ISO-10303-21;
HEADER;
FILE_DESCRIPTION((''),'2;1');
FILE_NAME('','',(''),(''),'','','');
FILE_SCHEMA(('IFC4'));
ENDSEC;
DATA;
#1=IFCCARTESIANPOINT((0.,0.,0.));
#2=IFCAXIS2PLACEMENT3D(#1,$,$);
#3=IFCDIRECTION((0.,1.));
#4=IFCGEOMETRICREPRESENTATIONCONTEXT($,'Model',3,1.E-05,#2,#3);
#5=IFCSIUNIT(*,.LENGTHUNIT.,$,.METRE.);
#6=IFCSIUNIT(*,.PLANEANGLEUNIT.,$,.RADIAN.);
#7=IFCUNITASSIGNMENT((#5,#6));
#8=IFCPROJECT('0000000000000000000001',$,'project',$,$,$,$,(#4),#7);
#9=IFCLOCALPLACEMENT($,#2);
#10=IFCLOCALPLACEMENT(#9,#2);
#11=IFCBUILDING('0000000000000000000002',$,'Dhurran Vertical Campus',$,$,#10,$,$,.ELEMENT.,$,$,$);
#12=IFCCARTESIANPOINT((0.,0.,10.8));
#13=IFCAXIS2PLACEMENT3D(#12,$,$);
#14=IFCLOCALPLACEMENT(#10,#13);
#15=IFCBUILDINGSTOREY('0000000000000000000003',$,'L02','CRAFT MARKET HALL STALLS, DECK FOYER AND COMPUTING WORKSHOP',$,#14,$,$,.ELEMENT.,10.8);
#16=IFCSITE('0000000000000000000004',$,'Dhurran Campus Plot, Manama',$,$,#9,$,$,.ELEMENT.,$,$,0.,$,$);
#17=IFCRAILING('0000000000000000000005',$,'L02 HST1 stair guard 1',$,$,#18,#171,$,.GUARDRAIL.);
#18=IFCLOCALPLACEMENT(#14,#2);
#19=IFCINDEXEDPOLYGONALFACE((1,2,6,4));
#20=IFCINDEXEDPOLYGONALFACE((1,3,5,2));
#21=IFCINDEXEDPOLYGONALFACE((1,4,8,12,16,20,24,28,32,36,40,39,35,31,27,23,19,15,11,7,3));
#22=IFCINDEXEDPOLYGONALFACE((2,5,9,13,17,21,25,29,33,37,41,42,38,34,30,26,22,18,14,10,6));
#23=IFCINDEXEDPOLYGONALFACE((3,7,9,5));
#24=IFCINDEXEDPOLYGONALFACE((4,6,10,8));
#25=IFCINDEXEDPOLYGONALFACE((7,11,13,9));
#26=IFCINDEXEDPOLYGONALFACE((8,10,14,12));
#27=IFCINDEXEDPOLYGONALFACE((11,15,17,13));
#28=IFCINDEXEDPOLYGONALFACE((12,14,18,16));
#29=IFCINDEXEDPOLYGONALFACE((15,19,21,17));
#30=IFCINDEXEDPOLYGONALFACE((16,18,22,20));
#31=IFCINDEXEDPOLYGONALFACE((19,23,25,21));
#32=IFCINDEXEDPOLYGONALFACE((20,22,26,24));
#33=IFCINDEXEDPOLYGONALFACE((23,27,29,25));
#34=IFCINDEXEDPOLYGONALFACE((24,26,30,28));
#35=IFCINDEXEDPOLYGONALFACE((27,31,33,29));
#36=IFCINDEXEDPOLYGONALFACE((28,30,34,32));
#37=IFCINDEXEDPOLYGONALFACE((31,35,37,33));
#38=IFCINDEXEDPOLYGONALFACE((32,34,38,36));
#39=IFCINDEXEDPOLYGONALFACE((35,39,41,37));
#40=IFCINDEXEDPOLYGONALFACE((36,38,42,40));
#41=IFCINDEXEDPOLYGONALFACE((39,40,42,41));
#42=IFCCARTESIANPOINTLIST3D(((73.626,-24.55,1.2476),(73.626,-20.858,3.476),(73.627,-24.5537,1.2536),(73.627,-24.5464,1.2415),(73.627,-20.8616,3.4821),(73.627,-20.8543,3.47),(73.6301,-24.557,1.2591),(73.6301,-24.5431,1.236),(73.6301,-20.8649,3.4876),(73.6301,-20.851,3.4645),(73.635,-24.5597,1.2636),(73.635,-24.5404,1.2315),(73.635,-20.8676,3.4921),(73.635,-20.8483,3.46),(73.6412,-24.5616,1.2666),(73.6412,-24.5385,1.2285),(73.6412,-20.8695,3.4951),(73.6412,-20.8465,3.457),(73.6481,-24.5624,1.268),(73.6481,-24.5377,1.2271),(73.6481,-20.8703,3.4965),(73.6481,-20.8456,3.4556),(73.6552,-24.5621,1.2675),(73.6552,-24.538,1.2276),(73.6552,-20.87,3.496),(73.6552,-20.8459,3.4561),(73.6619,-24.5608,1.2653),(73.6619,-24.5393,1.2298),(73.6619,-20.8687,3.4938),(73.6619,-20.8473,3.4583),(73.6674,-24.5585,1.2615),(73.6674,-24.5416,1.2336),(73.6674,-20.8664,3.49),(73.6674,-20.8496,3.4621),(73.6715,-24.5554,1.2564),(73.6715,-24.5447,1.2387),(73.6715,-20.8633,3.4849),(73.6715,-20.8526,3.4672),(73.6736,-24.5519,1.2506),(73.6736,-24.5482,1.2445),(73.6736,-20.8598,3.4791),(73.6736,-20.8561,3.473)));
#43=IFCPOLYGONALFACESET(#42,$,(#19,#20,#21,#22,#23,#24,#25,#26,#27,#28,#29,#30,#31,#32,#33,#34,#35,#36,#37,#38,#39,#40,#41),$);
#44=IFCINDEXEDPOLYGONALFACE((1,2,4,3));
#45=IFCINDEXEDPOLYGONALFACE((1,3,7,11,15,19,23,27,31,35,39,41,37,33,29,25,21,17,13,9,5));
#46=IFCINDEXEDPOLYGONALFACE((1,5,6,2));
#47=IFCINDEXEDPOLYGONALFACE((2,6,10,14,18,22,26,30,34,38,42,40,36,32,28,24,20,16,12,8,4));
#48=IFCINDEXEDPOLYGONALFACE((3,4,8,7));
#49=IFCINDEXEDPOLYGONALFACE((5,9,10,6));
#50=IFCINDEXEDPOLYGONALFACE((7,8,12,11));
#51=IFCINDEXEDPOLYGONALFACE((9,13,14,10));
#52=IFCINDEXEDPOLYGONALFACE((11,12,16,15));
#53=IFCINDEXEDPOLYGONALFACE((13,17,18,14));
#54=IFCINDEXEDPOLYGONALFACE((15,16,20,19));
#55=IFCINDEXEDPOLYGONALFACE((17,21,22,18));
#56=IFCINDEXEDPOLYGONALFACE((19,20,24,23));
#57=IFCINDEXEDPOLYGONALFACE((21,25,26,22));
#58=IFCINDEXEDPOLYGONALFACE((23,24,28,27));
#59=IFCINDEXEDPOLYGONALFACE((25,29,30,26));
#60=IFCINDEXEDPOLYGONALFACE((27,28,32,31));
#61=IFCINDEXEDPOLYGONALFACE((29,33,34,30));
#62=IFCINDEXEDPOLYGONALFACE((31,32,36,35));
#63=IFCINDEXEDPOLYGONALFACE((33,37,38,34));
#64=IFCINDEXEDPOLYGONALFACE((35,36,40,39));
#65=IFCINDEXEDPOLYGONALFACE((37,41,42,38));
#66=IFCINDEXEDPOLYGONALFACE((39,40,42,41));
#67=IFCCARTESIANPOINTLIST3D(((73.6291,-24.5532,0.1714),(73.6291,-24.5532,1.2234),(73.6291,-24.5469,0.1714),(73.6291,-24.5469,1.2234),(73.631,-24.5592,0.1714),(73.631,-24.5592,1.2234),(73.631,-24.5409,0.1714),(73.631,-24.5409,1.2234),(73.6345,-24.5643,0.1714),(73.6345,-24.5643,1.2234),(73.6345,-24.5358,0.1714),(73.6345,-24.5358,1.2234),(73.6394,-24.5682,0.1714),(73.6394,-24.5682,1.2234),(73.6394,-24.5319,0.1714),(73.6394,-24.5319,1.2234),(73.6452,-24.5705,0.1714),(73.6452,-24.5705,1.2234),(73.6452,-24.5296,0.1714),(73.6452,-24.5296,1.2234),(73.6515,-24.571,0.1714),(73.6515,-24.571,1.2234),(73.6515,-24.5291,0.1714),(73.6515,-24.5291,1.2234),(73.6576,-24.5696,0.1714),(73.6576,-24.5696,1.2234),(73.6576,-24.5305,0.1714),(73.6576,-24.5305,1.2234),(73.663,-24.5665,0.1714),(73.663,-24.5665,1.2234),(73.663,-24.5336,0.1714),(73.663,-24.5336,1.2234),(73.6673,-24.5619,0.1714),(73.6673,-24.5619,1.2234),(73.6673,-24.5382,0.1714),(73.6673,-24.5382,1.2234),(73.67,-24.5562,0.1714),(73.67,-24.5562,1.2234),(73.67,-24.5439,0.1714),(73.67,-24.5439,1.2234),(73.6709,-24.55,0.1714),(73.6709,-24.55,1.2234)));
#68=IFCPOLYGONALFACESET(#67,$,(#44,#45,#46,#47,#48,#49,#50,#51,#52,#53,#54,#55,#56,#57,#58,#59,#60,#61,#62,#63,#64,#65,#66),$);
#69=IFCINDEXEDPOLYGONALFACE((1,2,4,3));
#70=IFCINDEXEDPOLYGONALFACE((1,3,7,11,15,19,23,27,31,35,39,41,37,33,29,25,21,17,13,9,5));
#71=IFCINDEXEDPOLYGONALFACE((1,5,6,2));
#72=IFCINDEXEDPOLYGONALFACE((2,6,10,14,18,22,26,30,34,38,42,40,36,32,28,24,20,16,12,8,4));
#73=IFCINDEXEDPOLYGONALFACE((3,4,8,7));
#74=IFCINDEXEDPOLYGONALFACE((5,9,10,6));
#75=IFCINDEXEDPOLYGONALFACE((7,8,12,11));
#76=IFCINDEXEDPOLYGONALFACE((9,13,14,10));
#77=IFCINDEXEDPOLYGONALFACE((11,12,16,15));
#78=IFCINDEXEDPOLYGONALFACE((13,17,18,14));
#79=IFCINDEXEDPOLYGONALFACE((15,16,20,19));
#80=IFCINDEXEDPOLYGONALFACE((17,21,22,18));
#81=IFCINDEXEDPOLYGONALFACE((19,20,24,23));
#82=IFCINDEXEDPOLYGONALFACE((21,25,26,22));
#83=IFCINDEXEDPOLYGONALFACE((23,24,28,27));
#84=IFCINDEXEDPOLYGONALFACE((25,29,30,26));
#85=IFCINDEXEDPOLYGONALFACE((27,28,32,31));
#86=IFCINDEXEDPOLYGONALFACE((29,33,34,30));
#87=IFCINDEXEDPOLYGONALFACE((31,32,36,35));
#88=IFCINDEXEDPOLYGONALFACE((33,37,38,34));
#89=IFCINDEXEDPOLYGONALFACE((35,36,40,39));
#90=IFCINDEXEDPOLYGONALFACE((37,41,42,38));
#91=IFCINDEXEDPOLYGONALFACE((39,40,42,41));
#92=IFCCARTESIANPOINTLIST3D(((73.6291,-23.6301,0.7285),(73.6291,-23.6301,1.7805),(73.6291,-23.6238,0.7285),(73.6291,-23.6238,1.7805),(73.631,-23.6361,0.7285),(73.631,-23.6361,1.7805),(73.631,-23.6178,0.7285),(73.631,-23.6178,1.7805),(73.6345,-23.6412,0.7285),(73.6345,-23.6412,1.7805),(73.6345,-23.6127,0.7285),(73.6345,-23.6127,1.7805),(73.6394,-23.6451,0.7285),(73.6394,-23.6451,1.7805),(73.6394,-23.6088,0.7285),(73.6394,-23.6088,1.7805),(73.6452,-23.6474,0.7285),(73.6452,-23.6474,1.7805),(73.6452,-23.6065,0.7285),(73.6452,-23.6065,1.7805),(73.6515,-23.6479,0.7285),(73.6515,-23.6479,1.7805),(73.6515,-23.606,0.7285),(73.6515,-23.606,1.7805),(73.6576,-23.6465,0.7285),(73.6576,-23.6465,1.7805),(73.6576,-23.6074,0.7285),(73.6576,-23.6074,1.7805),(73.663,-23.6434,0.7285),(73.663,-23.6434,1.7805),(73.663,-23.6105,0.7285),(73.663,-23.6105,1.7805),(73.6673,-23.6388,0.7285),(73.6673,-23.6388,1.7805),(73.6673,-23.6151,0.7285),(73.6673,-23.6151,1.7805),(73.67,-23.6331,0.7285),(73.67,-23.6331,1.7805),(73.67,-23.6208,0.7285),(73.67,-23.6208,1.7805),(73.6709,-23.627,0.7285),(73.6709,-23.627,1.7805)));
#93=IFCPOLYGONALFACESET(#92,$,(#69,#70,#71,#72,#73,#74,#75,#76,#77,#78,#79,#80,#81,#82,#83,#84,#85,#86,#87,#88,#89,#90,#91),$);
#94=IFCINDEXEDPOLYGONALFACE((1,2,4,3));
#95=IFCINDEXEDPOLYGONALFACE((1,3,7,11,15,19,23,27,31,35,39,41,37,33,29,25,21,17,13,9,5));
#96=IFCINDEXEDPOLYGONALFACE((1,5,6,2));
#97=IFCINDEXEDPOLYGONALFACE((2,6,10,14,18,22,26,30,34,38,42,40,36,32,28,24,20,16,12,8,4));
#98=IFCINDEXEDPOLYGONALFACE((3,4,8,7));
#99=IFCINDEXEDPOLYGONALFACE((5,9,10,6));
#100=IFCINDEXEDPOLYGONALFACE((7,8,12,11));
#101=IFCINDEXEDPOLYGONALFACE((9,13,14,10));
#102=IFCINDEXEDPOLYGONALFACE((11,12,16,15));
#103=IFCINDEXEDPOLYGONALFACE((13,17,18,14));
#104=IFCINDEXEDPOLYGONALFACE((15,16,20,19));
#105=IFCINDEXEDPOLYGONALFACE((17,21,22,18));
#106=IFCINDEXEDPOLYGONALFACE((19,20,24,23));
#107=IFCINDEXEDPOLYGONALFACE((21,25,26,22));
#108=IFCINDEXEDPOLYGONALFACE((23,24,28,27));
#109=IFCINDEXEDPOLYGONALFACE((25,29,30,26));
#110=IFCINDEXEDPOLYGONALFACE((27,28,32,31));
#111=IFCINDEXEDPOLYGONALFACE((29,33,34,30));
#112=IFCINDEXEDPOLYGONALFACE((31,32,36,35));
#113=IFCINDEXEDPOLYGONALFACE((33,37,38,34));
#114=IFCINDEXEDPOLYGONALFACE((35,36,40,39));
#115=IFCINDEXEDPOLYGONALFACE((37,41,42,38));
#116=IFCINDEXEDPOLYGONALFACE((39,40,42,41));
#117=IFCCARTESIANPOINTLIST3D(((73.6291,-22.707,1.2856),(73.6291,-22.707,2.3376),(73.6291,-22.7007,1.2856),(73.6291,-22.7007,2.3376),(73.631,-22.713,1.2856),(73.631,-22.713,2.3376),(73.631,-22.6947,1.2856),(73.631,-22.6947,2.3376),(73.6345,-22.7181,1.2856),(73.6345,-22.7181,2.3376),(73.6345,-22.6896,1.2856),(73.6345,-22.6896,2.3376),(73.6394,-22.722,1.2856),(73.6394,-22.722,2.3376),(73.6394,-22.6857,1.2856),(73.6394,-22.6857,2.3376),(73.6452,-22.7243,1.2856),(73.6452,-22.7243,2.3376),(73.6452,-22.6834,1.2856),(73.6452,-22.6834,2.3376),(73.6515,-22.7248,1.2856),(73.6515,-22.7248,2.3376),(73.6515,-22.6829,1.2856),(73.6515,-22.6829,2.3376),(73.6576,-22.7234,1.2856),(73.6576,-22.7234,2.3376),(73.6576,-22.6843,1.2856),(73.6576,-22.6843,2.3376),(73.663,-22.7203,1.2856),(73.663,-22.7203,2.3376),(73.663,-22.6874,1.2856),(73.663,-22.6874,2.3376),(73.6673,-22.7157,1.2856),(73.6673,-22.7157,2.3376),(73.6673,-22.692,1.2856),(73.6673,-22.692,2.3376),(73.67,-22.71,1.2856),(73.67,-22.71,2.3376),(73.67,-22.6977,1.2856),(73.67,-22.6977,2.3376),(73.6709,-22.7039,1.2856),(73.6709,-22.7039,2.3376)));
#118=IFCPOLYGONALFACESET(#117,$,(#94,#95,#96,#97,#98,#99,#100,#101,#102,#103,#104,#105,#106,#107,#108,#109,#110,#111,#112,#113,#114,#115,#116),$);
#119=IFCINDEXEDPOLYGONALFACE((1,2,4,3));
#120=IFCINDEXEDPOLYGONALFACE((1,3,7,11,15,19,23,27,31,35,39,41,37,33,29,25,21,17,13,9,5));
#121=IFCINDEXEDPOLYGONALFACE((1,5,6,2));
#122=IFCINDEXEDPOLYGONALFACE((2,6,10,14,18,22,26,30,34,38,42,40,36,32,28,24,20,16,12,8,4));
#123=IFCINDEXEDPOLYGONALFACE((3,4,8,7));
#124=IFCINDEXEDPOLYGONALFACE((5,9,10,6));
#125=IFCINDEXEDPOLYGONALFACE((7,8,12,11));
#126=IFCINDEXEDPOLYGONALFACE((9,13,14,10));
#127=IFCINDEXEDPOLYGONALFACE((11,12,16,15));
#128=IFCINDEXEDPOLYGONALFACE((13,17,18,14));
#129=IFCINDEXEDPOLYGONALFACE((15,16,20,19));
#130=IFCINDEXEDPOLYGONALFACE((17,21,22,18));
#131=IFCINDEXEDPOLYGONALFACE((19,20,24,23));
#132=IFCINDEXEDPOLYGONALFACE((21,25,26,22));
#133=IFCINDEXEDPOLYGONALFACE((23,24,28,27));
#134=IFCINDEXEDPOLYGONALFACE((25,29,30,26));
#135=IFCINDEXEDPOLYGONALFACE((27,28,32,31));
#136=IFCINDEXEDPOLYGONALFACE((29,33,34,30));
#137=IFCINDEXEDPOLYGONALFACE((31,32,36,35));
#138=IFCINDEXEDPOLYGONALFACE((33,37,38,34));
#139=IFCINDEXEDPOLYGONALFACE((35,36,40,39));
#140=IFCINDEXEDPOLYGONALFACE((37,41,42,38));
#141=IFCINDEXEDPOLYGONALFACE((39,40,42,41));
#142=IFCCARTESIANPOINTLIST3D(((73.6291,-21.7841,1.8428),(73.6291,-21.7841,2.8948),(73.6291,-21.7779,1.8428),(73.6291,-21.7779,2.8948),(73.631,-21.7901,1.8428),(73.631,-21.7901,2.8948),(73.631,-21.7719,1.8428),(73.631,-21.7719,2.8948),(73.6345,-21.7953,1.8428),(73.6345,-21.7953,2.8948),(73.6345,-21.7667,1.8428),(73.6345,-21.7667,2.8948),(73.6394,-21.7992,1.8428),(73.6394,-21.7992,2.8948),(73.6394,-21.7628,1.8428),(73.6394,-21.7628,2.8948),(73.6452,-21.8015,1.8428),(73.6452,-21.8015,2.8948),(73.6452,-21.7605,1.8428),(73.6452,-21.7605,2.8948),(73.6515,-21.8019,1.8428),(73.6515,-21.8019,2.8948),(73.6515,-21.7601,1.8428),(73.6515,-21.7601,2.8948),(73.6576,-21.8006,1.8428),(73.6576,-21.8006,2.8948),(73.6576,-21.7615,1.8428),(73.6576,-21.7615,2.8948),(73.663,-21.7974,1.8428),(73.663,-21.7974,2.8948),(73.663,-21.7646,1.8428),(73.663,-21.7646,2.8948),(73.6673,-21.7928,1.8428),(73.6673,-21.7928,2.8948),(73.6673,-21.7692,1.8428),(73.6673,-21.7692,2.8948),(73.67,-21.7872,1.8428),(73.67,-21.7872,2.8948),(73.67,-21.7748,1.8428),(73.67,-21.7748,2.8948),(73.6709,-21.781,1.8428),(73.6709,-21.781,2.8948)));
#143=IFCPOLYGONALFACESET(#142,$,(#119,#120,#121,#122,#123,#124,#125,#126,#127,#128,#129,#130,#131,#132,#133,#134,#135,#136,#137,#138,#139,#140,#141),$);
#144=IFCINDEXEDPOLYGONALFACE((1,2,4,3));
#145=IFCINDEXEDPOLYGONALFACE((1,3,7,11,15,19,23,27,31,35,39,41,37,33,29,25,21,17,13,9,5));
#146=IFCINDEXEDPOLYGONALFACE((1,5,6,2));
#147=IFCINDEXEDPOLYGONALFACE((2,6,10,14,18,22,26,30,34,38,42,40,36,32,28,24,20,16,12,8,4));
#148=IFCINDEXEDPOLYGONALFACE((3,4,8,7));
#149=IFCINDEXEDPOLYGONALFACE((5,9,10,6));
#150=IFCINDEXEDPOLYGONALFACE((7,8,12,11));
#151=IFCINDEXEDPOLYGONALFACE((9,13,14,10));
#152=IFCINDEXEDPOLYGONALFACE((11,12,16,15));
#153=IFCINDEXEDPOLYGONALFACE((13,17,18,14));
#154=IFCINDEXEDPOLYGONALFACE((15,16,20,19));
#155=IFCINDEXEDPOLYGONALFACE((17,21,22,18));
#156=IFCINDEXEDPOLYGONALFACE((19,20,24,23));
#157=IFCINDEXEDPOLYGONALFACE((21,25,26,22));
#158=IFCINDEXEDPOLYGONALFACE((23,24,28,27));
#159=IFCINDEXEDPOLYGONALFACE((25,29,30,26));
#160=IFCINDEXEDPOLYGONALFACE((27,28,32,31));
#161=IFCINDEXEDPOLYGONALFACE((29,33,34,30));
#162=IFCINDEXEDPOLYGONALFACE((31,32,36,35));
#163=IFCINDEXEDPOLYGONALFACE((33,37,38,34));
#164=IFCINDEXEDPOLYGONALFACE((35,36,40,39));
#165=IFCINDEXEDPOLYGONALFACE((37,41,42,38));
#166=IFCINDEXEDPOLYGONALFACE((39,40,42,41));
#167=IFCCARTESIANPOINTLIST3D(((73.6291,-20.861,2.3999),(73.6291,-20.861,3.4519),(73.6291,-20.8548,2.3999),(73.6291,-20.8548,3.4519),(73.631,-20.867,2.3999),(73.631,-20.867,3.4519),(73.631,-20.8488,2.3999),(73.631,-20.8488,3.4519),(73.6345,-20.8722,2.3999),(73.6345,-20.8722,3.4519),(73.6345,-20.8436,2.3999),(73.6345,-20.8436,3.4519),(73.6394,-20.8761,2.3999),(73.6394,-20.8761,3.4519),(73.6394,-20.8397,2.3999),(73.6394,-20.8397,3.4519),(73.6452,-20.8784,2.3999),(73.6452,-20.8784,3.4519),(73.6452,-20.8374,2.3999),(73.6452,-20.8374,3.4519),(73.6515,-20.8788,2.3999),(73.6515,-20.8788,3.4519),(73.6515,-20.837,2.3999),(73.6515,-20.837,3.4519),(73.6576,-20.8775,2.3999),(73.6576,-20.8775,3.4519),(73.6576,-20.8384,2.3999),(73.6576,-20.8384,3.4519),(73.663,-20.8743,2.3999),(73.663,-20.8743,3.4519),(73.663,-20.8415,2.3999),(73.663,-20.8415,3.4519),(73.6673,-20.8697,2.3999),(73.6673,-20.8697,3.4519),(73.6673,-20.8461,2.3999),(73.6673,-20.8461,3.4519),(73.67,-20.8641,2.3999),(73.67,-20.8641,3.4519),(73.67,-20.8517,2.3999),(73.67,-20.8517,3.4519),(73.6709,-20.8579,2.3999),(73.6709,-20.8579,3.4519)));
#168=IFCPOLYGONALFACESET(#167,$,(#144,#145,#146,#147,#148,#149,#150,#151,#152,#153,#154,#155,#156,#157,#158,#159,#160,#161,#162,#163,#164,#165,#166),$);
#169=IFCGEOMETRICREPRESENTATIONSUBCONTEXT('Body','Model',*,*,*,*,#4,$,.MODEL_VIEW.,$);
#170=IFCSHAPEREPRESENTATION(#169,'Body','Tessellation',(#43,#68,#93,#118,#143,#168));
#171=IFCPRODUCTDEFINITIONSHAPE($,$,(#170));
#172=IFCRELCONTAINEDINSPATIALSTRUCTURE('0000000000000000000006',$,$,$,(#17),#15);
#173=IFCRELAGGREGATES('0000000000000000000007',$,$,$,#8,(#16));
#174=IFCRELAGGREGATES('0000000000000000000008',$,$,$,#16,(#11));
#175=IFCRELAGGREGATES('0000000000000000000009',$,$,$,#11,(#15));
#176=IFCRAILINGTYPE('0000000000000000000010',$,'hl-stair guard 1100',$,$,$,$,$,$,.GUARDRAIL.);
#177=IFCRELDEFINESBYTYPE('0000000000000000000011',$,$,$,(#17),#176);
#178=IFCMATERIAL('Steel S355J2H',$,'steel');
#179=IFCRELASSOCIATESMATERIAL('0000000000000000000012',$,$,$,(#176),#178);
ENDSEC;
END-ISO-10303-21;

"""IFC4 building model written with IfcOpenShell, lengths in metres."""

from ifc_helpers import new_model, si_unit, direction, frame, origin, origin_2d, place, context, subcontext, project, spatial, circle, extrude, material, type_object, element, save


model = new_model("IFC4")

# Units and contexts
model_context = context("Model", 3, precision=1e-05, world=origin(), true_north=direction((0.0, 1.0)))
body_context = subcontext(model_context, "Body", "Model", "MODEL_VIEW")
ifc_project = project(units=[si_unit("LENGTHUNIT", "METRE"), si_unit("PLANEANGLEUNIT", "RADIAN")], contexts=[model_context])

# Site, building, storey
site_placement = place(None, origin())
site = spatial("IfcSite", under=ifc_project, at=site_placement, Name="Dhurran Campus Plot, Manama", CompositionType="ELEMENT", RefElevation=0.0)
building_placement = place(site_placement, origin())
building = spatial("IfcBuilding", under=site, at=building_placement, Name="Dhurran Vertical Campus", CompositionType="ELEMENT")
storey_placement = place(building_placement, frame((0.0, 0.0, 10.8)))
storey = spatial("IfcBuildingStorey", under=building, at=storey_placement, Name="L02", Description="CRAFT MARKET HALL STALLS, DECK FOYER AND COMPUTING WORKSHOP", CompositionType="ELEMENT", Elevation=10.8)

# Railing
ifc_material_1 = material(Name="Steel S355J2H", Category="steel")
railing_type_1 = type_object("IfcRailingType", Name="hl-stair guard 1100", PredefinedType="GUARDRAIL", material=ifc_material_1)
railing_1_placement = place(storey_placement, frame((73.6499, -24.55, 0.1714)))
element("IfcRailing", 1, at=railing_1_placement, inside=storey, type_object=railing_type_1, Name="L02 HST1 stair guard 1", PredefinedType="GUARDRAIL", context=body_context, shape_type="SweptSolid", body=[
    extrude(circle(Radius=0.0239, at=origin_2d()), frame((0.0, 0.0, 1.0762), z_axis=(0.0, 0.856136, 0.51675), x_axis=(-1.0, 0.0, 0.0)), (0.0, 0.0, 1.0), 4.3125),
    extrude(circle(Radius=0.021, at=origin_2d()), origin(), (0.0, 0.0, 1.0), 1.052),
    extrude(circle(Radius=0.021, at=origin_2d()), frame((0.0, 0.9231, 0.5571)), (0.0, 0.0, 1.0), 1.052),
    extrude(circle(Radius=0.021, at=origin_2d()), frame((0.0, 1.8462, 1.1143)), (0.0, 0.0, 1.0), 1.052),
    extrude(circle(Radius=0.021, at=origin_2d()), frame((0.0, 2.769, 1.6714)), (0.0, 0.0, 1.0), 1.052),
    extrude(circle(Radius=0.021, at=origin_2d()), frame((0.0, 3.6921, 2.2285)), (0.0, 0.0, 1.0), 1.052),
])

save(model, "model.ifc")
